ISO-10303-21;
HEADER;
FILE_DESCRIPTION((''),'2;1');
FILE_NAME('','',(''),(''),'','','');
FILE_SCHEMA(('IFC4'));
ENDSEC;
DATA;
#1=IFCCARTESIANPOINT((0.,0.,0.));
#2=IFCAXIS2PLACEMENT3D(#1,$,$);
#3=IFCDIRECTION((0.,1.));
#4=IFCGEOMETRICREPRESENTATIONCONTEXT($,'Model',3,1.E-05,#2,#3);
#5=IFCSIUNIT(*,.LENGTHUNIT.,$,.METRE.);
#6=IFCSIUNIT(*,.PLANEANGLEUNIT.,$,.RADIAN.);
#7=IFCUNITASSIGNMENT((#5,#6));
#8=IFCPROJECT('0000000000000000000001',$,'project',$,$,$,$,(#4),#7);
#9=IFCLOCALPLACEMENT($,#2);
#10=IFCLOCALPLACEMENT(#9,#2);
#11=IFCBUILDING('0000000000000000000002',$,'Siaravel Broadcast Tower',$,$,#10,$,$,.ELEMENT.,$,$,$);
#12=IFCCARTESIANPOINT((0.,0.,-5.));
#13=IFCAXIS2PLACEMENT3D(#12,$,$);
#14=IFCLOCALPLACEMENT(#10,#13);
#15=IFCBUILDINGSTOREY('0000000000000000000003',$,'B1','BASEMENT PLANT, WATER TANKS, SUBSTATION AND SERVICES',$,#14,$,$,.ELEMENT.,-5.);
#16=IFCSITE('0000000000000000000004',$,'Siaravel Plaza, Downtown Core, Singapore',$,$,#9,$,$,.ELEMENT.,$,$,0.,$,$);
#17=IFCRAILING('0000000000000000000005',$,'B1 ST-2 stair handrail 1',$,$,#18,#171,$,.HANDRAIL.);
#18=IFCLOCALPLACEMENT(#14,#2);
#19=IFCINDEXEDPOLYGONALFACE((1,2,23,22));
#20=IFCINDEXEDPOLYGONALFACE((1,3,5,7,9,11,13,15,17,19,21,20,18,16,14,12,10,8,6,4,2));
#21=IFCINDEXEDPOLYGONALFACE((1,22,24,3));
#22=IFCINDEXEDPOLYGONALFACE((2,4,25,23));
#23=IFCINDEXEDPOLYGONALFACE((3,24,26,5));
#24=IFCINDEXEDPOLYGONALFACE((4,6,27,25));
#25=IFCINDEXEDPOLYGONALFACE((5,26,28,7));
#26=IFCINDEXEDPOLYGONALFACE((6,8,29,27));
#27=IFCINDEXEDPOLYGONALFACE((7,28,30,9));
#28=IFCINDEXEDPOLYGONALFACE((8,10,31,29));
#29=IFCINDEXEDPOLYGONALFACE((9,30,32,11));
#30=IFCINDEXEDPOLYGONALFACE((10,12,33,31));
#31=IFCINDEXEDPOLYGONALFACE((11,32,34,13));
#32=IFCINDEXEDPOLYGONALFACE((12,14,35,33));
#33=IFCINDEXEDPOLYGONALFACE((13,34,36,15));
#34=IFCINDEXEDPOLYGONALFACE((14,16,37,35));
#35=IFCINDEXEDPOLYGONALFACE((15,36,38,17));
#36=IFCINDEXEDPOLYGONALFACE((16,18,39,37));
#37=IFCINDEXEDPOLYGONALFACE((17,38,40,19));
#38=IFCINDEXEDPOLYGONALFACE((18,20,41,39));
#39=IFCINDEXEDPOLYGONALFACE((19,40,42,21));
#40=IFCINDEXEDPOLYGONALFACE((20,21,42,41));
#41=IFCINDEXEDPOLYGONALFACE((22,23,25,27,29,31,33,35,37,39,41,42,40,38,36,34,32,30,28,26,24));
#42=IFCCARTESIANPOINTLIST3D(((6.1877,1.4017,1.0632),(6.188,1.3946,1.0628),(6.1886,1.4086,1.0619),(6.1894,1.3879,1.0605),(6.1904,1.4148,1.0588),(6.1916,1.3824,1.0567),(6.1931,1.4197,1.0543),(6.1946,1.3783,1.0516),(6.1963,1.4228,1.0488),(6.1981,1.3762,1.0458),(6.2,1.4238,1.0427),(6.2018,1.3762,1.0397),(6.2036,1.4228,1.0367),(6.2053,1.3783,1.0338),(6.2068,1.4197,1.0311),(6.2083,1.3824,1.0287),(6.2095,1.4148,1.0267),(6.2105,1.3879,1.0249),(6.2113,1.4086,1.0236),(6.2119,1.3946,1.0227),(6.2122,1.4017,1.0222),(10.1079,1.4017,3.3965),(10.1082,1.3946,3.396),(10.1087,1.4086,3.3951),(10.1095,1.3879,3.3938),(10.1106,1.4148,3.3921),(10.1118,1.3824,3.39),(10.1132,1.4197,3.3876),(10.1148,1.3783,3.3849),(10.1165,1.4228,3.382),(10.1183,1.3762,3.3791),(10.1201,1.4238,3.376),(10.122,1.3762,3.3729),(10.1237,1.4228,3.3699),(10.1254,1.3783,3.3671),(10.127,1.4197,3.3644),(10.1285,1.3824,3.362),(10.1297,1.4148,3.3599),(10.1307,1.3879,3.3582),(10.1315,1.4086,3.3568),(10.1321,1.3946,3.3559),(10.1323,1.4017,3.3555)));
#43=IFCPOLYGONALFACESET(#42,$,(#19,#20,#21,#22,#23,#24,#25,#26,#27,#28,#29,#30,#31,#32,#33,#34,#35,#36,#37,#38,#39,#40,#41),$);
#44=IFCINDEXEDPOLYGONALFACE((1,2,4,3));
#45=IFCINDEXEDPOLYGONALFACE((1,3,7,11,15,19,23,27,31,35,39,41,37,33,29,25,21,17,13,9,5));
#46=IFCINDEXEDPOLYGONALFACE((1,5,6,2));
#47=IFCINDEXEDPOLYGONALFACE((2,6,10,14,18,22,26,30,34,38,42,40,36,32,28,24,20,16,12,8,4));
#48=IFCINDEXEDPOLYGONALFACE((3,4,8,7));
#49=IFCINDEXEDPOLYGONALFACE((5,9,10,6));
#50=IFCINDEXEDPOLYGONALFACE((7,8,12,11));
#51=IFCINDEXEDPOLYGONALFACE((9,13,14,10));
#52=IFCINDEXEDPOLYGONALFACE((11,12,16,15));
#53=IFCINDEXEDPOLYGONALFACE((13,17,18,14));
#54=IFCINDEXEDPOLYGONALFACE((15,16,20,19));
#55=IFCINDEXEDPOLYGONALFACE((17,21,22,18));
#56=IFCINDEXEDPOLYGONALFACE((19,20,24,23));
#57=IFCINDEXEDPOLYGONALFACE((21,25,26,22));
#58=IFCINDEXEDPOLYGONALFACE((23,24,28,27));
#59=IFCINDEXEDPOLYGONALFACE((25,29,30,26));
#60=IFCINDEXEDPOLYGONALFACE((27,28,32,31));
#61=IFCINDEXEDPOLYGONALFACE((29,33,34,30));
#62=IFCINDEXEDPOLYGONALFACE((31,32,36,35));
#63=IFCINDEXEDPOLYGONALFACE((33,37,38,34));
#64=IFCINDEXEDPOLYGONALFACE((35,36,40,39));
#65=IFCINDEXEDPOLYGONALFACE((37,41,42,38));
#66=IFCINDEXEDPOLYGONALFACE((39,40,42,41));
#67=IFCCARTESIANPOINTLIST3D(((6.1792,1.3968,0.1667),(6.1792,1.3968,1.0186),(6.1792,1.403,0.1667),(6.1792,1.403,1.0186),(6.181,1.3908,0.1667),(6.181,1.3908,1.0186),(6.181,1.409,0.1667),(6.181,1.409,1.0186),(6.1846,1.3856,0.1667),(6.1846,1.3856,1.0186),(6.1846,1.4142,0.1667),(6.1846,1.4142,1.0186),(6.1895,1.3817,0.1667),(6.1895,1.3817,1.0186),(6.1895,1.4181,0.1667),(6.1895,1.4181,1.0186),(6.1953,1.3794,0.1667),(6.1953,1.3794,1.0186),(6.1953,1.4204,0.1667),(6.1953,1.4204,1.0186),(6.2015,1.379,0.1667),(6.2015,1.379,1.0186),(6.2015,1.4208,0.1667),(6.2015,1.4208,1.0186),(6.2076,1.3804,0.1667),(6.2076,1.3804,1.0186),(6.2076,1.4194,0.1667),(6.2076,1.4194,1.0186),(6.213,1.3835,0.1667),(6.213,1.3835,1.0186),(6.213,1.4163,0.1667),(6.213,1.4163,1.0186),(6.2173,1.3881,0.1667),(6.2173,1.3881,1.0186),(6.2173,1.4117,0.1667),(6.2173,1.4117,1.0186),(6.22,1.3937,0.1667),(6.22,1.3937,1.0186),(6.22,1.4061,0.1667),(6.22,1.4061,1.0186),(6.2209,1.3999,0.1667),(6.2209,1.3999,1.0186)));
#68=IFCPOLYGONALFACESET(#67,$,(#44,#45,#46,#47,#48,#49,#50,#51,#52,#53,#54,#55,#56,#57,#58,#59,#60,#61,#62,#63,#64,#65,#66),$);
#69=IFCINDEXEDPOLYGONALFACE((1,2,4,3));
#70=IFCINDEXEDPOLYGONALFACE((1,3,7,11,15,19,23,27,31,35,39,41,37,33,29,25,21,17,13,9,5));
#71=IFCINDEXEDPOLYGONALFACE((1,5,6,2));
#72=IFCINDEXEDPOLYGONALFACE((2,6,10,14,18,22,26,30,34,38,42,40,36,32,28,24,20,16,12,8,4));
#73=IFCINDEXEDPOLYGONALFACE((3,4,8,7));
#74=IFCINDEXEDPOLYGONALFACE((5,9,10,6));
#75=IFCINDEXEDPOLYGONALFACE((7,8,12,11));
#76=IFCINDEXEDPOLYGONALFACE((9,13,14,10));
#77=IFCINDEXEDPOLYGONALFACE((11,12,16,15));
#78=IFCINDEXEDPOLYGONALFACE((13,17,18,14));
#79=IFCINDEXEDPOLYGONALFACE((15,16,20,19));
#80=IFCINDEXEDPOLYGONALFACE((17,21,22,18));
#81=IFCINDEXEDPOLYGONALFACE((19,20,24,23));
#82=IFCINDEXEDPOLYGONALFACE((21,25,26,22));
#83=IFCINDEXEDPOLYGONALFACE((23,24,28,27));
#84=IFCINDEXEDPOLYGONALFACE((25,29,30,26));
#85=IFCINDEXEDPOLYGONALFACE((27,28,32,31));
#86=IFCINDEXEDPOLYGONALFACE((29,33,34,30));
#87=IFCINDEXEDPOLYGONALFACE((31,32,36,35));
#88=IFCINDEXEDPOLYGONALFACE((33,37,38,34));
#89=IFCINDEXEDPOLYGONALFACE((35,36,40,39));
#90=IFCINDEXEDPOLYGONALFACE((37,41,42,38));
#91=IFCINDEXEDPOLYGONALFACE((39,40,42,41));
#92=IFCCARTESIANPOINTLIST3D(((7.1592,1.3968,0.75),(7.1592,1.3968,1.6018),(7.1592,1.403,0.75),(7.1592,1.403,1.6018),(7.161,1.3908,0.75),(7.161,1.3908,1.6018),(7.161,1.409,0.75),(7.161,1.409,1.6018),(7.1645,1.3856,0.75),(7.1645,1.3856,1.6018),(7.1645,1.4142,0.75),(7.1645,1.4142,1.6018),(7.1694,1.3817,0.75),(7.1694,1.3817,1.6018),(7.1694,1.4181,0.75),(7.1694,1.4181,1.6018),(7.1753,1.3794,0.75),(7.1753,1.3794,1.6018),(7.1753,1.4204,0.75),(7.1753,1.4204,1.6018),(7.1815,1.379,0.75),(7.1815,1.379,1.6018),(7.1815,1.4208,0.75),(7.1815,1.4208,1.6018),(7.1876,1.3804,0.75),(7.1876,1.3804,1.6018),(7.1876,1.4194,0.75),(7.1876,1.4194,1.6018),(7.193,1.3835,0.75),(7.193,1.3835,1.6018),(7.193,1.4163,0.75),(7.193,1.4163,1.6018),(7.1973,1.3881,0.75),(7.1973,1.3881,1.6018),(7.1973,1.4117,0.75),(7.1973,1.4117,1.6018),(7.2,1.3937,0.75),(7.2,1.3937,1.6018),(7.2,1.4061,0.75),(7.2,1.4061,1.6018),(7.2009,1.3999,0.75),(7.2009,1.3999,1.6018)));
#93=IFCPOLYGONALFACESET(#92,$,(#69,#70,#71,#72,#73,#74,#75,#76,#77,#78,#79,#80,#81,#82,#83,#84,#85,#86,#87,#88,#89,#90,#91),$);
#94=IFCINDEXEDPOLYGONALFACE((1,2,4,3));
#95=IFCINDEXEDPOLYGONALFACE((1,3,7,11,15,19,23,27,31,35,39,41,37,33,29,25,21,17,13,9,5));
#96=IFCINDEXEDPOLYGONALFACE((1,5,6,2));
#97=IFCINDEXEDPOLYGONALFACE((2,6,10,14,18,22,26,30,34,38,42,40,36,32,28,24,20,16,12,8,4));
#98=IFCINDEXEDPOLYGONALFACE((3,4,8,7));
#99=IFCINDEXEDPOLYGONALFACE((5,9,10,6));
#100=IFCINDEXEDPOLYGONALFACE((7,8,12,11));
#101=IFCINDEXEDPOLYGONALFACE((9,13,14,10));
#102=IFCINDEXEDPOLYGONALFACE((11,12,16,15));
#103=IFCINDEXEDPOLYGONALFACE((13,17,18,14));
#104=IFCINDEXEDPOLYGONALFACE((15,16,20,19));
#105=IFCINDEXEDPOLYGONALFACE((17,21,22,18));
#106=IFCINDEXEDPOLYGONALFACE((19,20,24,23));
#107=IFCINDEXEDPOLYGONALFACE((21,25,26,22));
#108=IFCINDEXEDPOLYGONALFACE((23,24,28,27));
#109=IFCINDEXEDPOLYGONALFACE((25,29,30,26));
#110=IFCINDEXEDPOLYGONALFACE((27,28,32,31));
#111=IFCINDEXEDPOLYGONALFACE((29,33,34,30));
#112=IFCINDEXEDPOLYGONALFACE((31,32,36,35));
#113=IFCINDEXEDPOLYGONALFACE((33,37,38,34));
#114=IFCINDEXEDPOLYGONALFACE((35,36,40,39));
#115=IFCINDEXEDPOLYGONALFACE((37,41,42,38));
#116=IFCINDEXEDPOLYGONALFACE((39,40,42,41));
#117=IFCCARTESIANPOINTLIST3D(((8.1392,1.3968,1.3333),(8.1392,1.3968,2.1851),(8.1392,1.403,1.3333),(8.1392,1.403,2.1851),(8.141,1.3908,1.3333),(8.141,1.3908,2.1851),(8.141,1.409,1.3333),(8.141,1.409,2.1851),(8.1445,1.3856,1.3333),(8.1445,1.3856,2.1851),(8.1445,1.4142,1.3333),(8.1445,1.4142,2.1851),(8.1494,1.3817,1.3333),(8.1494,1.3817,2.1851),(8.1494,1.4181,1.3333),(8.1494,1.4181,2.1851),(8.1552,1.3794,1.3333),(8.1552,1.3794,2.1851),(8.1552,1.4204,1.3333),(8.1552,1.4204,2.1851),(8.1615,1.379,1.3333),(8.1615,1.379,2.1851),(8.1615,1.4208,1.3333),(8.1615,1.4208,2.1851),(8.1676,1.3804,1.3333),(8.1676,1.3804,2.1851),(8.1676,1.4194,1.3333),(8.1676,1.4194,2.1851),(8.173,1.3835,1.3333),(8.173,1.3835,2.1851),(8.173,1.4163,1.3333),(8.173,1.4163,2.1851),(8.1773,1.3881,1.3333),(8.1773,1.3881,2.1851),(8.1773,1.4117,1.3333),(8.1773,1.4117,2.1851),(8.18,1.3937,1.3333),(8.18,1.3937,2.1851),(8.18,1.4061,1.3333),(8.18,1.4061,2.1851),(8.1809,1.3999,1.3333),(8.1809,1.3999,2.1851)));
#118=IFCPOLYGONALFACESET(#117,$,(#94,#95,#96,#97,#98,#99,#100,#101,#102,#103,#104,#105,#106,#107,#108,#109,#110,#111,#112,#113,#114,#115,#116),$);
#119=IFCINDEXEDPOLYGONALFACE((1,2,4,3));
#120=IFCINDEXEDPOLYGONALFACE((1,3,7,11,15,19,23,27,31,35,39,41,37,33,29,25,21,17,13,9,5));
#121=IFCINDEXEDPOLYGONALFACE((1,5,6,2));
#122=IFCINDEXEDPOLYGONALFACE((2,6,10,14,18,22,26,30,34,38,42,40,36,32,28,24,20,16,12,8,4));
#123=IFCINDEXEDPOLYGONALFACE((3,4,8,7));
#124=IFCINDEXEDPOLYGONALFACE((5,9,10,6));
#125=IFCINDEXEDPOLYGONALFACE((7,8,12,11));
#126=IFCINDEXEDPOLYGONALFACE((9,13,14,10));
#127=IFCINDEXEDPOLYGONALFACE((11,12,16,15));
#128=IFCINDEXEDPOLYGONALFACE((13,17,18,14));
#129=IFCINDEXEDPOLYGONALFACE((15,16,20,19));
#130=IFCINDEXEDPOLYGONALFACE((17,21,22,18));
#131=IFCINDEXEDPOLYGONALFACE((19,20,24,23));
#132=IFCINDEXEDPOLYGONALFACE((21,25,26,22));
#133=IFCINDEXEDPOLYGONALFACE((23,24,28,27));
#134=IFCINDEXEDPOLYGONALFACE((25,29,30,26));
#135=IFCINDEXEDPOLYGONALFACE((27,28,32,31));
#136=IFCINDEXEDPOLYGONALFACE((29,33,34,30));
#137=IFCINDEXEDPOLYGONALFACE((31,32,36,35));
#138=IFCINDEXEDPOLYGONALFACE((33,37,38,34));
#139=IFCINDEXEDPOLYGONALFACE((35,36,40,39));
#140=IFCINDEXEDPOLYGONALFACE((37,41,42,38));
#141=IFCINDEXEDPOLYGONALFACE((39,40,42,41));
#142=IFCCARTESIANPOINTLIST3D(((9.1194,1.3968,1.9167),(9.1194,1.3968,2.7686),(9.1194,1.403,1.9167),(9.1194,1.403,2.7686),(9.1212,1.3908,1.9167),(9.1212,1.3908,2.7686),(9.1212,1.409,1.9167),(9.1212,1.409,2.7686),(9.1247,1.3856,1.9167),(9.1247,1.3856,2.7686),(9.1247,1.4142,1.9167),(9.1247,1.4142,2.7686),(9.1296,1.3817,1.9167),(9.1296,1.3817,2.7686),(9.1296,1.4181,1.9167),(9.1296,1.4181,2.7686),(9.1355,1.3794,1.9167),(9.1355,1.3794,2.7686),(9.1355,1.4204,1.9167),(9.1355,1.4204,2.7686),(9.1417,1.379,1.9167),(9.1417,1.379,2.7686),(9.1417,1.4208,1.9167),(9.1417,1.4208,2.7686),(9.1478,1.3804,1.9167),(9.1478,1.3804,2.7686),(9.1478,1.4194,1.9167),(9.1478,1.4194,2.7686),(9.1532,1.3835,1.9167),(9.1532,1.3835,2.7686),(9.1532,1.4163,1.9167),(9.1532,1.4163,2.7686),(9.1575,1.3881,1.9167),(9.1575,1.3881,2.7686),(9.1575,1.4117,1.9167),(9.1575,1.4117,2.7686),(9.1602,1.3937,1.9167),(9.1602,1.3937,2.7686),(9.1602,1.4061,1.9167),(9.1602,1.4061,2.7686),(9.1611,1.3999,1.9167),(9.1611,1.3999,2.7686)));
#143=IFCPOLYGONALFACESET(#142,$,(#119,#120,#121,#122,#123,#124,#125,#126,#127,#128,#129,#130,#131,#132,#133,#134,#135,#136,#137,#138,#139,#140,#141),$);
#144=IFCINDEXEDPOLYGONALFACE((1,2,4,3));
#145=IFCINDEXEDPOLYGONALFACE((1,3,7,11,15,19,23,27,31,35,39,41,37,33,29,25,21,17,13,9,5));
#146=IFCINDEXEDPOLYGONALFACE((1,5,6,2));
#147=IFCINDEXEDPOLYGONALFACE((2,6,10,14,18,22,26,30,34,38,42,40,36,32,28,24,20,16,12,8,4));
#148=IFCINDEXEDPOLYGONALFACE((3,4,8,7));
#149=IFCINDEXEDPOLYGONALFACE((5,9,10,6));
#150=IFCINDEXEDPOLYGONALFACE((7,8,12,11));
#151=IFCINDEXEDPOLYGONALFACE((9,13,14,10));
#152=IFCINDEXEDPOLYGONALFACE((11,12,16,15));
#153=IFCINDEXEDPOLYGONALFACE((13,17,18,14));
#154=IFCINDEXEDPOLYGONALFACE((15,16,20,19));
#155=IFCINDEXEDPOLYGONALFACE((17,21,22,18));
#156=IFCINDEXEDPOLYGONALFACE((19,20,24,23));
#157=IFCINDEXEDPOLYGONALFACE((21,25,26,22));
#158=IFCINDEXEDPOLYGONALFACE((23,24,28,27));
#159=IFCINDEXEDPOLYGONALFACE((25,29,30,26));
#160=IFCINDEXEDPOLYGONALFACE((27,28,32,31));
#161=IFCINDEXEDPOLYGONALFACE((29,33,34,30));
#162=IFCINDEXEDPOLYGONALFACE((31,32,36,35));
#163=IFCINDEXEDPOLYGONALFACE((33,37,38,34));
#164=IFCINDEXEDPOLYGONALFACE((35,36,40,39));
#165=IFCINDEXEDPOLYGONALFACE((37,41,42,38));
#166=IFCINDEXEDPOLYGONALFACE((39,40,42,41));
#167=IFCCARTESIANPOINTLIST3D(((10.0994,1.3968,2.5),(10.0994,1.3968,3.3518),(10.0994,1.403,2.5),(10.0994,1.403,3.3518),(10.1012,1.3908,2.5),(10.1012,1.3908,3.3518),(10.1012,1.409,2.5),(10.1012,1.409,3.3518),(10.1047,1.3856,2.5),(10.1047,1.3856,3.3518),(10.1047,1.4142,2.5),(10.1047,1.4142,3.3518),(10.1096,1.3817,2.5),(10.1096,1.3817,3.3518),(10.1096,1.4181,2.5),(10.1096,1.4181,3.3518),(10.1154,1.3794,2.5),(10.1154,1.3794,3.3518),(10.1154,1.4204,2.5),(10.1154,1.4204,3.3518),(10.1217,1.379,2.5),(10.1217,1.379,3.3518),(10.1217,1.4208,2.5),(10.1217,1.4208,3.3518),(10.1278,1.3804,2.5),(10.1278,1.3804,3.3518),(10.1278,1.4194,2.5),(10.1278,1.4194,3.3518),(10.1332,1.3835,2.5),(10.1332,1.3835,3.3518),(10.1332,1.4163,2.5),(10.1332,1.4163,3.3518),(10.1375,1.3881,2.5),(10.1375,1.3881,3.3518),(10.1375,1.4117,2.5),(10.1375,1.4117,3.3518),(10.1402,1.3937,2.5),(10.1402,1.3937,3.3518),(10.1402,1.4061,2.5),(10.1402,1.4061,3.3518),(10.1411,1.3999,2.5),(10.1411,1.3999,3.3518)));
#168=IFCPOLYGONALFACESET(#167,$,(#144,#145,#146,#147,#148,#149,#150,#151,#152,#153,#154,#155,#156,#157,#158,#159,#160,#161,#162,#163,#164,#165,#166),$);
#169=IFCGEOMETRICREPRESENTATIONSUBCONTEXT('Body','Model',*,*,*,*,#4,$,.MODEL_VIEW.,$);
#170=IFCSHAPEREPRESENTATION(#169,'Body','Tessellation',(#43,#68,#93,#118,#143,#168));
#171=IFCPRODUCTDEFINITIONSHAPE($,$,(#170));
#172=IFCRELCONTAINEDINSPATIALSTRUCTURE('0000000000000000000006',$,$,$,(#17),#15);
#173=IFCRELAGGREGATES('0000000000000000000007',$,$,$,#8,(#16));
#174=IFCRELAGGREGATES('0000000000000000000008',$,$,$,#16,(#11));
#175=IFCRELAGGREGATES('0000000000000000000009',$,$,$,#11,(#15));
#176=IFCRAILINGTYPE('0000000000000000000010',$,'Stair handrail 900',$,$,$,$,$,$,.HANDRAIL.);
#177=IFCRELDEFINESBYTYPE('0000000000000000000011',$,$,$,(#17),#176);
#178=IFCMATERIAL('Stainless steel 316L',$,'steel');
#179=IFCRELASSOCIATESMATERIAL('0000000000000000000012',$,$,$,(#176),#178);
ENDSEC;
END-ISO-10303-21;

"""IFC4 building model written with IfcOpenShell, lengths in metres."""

from ifc_helpers import new_model, si_unit, direction, frame, origin, origin_2d, place, context, subcontext, project, spatial, circle, extrude, material, type_object, element, save


model = new_model("IFC4")

# Units and contexts
model_context = context("Model", 3, precision=1e-05, world=origin(), true_north=direction((0.0, 1.0)))
body_context = subcontext(model_context, "Body", "Model", "MODEL_VIEW")
ifc_project = project(units=[si_unit("LENGTHUNIT", "METRE"), si_unit("PLANEANGLEUNIT", "RADIAN")], contexts=[model_context])

# Site, building, storey
site_placement = place(None, origin())
site = spatial("IfcSite", under=ifc_project, at=site_placement, Name="Siaravel Plaza, Downtown Core, Singapore", CompositionType="ELEMENT", RefElevation=0.0)
building_placement = place(site_placement, origin())
building = spatial("IfcBuilding", under=site, at=building_placement, Name="Siaravel Broadcast Tower", CompositionType="ELEMENT")
storey_placement = place(building_placement, frame((0.0, 0.0, -5.0)))
storey = spatial("IfcBuildingStorey", under=building, at=storey_placement, Name="B1", Description="BASEMENT PLANT, WATER TANKS, SUBSTATION AND SERVICES", CompositionType="ELEMENT", Elevation=-5.0)

# Railing
ifc_material_1 = material(Name="Stainless steel 316L", Category="steel")
railing_type_1 = type_object("IfcRailingType", Name="Stair handrail 900", PredefinedType="HANDRAIL", material=ifc_material_1)
railing_1_placement = place(storey_placement, frame((6.2, 1.3999, 0.1667)))
element("IfcRailing", 1, at=railing_1_placement, inside=storey, type_object=railing_type_1, Name="B1 ST-2 stair handrail 1", PredefinedType="HANDRAIL", context=body_context, shape_type="SweptSolid", body=[
    extrude(circle(Radius=0.0239, at=origin_2d()), frame((0.0, 0.0, 0.876), z_axis=(0.85931, 0.0, 0.511455), x_axis=(0.0, 1.0, 0.0)), (0.0, 0.0, 1.0), 4.562),
    extrude(circle(Radius=0.021, at=origin_2d()), origin(), (0.0, 0.0, 1.0), 0.8518),
    extrude(circle(Radius=0.021, at=origin_2d()), frame((0.98, 0.0, 0.5833)), (0.0, 0.0, 1.0), 0.8518),
    extrude(circle(Radius=0.021, at=origin_2d()), frame((1.96, 0.0, 1.1665)), (0.0, 0.0, 1.0), 0.8518),
    extrude(circle(Radius=0.021, at=origin_2d()), frame((2.9402, 0.0, 1.75)), (0.0, 0.0, 1.0), 0.8518),
    extrude(circle(Radius=0.021, at=origin_2d()), frame((3.9202, 0.0, 2.3333)), (0.0, 0.0, 1.0), 0.8518),
])

save(model, "model.ifc")
